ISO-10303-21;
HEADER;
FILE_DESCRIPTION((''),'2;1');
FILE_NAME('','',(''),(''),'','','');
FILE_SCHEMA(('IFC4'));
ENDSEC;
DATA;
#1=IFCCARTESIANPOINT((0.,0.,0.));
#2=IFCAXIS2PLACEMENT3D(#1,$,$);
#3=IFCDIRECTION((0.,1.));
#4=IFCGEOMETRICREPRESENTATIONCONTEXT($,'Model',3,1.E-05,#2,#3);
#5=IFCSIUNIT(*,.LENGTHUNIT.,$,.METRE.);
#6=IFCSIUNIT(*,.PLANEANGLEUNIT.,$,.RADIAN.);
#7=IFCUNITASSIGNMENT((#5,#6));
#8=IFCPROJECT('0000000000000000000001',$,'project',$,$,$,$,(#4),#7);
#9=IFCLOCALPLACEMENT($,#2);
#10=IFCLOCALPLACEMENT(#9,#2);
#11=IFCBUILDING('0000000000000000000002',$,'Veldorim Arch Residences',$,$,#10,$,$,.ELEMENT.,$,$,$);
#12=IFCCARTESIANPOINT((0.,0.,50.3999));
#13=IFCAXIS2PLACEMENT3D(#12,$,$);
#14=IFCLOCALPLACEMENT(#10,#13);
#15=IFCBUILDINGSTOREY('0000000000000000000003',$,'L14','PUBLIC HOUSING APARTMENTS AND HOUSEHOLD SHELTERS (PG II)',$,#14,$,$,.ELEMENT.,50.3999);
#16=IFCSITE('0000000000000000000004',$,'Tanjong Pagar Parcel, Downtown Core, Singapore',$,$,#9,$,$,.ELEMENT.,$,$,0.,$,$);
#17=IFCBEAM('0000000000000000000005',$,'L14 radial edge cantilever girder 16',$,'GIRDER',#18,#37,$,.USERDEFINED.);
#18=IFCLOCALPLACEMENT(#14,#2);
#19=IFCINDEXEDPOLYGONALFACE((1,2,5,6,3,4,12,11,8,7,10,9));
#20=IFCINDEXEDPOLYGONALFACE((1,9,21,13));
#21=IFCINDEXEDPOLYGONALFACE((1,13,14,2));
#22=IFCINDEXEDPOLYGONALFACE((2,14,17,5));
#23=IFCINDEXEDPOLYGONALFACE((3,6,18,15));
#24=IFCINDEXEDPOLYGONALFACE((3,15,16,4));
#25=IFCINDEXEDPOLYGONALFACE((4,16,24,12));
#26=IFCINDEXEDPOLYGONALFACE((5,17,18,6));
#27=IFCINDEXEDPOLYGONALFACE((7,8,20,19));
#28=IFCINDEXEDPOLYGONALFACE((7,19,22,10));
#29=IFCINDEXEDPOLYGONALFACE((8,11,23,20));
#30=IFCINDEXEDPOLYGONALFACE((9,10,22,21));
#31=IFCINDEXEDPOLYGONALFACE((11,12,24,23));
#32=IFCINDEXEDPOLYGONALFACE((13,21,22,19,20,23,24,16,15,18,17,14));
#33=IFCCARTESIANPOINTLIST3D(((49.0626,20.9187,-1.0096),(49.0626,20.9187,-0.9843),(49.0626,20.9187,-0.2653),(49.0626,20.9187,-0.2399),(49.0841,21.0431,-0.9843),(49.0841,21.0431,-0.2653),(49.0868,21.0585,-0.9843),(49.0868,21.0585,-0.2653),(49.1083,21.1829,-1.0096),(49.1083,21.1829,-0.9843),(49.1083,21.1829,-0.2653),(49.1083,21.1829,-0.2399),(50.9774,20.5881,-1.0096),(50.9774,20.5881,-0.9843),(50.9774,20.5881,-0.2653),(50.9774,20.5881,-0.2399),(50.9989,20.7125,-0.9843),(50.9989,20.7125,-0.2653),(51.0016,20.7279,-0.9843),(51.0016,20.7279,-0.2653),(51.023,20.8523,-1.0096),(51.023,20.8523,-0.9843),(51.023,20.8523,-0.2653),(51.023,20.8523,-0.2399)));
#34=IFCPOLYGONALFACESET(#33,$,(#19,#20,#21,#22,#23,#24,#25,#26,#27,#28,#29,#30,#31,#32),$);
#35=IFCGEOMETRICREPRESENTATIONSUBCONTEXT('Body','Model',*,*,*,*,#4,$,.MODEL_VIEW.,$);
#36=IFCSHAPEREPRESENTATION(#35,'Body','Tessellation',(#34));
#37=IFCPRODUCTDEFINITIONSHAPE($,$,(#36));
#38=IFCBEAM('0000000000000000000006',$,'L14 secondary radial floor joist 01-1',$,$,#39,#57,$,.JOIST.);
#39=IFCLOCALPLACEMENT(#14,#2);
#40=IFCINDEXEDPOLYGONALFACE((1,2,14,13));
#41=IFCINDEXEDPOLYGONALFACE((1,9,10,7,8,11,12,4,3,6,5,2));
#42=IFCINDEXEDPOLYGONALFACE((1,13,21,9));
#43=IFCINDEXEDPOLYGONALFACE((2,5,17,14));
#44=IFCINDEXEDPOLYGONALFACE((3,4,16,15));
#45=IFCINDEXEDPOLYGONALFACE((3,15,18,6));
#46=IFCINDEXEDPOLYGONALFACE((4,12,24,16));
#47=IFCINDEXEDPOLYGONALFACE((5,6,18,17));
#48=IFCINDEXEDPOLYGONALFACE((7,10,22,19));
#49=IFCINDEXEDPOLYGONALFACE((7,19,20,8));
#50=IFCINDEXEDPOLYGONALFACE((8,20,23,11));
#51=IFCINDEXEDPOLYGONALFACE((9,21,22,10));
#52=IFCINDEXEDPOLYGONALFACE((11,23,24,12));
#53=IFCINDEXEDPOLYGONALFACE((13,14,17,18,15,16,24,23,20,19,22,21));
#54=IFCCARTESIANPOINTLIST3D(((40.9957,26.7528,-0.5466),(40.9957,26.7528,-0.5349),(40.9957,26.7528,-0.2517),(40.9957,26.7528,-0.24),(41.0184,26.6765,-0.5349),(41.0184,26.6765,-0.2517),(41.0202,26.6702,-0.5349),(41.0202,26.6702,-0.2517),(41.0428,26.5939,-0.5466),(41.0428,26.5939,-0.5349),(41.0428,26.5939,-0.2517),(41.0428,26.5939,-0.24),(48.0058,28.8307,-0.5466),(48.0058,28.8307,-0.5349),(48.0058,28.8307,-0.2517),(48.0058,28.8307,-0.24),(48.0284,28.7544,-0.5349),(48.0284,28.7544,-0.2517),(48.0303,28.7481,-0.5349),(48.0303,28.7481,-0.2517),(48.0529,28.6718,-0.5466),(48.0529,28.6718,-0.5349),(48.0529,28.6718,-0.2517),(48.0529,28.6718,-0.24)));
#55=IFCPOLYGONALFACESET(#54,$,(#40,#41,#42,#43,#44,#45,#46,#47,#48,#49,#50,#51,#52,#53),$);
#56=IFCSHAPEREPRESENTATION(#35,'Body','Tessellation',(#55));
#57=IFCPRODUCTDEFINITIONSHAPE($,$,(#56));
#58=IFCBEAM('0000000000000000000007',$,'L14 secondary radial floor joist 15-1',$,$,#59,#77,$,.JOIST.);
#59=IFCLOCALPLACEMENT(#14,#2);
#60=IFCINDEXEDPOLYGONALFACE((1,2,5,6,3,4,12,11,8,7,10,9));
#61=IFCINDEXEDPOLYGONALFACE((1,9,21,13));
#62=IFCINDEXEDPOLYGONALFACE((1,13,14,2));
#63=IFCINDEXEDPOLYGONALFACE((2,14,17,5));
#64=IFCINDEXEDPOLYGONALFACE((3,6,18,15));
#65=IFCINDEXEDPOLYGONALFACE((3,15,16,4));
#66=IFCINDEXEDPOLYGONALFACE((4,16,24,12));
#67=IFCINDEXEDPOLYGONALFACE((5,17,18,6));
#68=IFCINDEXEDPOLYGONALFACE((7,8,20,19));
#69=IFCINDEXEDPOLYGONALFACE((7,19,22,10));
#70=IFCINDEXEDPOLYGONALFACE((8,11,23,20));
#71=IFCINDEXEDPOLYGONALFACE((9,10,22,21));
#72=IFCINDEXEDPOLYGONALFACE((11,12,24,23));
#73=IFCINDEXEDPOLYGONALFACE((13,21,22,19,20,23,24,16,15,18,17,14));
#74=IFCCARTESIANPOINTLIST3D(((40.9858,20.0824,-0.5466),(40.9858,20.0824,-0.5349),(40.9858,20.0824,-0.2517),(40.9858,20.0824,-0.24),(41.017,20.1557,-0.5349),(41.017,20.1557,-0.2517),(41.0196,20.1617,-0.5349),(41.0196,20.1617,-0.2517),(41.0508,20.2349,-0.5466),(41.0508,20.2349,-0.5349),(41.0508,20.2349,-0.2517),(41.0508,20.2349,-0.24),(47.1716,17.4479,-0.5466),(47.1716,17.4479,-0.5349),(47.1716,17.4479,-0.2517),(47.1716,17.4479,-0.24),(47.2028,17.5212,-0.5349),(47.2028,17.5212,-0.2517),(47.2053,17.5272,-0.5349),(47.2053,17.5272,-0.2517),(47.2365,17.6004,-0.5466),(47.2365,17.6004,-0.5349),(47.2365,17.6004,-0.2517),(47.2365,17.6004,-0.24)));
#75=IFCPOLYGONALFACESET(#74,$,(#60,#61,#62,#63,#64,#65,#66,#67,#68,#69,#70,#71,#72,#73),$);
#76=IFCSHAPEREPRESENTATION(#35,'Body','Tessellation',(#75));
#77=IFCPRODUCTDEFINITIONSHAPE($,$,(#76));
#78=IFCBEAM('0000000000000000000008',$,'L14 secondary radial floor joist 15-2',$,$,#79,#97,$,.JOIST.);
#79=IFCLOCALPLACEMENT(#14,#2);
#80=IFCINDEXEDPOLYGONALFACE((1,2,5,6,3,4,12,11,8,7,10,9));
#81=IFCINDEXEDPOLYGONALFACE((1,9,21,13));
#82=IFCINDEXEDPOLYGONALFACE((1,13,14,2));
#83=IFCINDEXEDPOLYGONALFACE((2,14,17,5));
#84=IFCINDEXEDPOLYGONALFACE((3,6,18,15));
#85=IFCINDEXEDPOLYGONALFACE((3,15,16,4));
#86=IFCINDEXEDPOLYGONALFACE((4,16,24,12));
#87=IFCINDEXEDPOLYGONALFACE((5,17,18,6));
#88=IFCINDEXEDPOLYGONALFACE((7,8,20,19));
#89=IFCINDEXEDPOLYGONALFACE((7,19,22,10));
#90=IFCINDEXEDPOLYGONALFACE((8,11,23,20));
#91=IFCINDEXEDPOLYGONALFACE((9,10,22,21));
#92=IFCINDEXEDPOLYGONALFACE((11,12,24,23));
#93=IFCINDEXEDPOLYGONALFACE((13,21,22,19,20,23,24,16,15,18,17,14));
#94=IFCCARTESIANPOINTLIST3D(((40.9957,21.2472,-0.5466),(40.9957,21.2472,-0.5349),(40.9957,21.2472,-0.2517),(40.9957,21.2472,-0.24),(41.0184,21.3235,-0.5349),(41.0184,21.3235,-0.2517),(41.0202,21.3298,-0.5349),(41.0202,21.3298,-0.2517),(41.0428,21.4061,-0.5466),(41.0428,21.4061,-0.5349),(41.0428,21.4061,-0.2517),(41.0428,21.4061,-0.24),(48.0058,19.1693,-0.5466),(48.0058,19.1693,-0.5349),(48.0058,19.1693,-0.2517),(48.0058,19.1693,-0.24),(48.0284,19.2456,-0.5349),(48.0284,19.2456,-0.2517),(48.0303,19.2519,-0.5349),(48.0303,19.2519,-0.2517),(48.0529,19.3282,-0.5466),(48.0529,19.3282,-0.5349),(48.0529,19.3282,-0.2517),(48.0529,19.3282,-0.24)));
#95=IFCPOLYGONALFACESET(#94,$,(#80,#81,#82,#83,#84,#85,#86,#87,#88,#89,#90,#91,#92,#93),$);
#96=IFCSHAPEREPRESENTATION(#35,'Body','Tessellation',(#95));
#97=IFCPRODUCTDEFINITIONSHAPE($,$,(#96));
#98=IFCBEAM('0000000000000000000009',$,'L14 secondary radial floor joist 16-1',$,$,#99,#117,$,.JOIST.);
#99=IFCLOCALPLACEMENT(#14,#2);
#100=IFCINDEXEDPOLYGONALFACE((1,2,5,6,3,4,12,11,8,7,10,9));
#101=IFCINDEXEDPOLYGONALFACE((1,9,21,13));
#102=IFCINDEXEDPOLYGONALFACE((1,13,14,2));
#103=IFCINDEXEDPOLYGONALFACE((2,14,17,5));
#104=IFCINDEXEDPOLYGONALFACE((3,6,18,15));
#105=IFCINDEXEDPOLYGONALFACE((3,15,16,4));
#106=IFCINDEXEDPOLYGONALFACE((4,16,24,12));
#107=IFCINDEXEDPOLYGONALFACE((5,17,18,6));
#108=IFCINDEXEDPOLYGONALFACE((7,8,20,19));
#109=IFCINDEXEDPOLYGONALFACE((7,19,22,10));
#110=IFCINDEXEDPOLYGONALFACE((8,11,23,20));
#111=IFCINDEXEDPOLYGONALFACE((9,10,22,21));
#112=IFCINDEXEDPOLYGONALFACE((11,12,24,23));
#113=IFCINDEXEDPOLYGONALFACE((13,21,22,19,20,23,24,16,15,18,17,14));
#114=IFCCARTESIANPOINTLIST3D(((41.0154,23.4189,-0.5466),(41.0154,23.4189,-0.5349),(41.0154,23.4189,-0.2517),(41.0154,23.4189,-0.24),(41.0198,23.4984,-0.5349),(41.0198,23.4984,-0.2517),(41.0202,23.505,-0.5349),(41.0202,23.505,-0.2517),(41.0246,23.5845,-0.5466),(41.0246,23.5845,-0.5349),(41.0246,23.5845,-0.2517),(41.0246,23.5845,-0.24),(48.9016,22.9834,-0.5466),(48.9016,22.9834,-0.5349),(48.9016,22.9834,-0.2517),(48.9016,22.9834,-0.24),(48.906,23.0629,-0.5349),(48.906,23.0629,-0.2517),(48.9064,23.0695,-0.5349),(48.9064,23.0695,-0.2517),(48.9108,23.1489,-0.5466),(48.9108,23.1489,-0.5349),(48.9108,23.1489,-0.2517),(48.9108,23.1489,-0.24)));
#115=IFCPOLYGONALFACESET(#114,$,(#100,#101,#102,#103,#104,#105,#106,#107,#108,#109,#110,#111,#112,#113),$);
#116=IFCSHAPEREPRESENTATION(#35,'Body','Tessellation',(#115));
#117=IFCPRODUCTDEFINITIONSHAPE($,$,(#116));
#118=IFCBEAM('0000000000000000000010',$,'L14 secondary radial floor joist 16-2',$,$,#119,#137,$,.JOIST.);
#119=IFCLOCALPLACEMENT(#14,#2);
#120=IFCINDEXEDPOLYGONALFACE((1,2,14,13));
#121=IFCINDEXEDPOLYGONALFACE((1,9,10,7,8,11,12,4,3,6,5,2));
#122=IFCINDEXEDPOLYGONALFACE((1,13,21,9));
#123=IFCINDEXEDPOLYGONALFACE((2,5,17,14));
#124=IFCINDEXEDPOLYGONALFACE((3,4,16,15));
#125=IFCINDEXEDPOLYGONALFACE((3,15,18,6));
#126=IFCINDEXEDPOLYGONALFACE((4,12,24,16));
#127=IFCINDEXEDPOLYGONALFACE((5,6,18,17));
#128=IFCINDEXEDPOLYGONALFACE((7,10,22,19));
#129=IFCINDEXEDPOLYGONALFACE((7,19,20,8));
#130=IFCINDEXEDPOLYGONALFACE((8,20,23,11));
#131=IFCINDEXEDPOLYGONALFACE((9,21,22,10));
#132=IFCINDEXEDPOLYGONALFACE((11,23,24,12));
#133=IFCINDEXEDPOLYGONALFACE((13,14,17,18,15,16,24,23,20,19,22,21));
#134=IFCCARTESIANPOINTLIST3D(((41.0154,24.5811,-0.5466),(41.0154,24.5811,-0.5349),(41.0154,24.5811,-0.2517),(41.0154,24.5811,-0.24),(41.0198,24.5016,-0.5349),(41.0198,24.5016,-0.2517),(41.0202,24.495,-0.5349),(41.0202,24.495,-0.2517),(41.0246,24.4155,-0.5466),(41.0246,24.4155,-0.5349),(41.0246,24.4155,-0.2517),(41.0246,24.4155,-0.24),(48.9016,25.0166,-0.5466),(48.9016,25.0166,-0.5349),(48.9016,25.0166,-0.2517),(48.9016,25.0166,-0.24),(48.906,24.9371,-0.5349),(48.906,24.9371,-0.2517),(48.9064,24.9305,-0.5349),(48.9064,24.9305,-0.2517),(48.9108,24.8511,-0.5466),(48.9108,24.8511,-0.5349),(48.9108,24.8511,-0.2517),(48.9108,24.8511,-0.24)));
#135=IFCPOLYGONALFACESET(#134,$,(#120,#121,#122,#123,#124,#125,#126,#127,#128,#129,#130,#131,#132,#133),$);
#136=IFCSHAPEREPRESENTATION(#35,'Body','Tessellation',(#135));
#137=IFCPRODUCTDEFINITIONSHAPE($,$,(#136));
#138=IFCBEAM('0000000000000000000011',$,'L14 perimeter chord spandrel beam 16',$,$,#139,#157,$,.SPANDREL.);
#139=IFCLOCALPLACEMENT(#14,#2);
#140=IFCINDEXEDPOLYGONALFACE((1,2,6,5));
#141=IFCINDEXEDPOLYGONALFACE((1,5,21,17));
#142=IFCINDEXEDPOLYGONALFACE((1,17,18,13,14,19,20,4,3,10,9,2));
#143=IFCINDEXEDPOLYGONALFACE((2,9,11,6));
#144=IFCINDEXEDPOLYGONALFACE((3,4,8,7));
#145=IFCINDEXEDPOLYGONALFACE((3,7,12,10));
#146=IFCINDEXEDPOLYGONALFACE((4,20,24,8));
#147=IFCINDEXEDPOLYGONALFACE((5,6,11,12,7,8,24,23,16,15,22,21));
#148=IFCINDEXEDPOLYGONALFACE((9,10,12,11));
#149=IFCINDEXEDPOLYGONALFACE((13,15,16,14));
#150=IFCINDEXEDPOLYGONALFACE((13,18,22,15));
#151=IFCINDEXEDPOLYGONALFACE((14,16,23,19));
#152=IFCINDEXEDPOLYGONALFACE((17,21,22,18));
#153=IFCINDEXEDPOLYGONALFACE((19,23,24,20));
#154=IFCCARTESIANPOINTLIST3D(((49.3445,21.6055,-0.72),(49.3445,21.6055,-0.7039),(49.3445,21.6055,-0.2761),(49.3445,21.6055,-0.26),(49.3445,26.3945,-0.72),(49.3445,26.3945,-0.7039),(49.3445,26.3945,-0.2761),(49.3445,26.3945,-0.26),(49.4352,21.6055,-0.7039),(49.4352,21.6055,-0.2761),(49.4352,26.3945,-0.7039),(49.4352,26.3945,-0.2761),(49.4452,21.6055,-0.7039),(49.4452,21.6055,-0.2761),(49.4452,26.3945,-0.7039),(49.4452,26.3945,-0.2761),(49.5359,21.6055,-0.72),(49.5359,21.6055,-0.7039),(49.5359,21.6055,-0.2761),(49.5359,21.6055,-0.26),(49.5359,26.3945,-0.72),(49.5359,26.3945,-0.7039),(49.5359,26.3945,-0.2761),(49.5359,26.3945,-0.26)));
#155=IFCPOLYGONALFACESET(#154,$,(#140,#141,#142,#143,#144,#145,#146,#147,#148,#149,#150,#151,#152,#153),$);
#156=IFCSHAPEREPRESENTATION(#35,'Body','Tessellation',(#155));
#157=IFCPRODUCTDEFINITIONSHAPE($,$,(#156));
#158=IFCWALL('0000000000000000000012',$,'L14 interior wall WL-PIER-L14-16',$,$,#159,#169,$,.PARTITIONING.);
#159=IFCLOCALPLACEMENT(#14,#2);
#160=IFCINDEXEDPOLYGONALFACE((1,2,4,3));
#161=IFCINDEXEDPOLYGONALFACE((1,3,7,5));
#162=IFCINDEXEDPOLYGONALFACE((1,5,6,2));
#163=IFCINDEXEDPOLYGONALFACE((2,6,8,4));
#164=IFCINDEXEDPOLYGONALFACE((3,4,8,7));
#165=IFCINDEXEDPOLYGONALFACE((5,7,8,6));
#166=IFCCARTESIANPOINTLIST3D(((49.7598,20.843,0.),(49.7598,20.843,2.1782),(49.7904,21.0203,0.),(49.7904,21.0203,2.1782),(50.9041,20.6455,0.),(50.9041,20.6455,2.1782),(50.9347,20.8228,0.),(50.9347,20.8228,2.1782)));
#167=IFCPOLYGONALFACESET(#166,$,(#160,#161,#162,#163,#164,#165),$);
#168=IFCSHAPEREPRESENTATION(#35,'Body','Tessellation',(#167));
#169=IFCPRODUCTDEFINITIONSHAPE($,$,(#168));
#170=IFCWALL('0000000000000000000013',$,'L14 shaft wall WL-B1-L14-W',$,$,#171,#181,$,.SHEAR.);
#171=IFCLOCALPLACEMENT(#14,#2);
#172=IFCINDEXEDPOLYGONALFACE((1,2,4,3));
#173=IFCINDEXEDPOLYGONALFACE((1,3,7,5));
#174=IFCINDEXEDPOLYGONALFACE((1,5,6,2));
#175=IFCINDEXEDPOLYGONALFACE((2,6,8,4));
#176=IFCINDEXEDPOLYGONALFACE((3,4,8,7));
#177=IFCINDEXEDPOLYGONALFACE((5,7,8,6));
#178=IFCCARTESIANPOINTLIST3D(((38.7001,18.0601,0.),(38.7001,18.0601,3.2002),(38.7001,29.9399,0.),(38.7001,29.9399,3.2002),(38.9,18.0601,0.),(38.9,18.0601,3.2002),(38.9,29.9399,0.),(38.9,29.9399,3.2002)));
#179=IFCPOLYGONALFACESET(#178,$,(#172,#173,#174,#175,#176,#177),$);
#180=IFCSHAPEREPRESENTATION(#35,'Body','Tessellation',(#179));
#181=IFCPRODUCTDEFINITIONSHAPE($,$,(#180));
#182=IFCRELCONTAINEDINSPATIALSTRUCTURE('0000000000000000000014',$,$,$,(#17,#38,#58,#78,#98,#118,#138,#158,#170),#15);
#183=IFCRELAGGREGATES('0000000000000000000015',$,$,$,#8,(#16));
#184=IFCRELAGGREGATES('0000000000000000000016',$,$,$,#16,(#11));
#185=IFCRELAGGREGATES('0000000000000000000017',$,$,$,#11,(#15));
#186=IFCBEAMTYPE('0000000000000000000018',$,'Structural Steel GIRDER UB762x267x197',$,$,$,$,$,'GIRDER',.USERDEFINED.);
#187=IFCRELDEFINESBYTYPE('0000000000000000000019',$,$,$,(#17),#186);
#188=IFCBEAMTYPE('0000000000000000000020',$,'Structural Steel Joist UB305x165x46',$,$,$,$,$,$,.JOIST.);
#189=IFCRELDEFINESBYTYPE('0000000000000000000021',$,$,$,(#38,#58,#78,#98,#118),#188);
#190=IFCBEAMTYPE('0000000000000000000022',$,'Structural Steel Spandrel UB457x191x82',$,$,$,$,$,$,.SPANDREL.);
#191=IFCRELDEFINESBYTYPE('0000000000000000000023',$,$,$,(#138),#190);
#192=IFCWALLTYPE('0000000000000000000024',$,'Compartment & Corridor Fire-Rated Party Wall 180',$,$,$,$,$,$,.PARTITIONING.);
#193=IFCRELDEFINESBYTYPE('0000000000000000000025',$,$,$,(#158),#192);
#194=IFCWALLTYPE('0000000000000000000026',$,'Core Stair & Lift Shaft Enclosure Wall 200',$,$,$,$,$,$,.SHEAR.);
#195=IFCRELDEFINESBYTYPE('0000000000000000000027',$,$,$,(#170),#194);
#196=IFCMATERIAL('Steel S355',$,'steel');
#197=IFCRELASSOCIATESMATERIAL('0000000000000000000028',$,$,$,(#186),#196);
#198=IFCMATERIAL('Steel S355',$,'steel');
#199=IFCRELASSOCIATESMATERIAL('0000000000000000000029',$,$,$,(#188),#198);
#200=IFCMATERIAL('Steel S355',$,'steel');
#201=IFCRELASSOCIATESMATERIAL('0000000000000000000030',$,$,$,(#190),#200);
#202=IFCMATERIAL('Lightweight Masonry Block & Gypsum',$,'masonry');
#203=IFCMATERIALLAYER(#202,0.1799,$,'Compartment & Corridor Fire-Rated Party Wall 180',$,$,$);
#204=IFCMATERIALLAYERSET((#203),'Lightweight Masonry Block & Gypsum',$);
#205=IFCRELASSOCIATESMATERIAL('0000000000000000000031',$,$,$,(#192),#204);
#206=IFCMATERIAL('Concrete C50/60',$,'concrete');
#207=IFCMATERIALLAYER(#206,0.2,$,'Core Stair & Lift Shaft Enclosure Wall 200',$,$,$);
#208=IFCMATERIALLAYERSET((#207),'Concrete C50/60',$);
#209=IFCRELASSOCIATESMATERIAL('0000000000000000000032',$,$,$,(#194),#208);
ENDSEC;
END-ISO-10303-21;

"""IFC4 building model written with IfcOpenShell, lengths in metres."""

from ifc_helpers import new_model, si_unit, direction, frame, frame_2d, origin, origin_2d, place, context, subcontext, project, spatial, rectangle, i_section, extrude, material, layer, layer_set, material_profile, profile_set, type_object, element, save


model = new_model("IFC4")

# Units and contexts
model_context = context("Model", 3, precision=1e-05, world=origin(), true_north=direction((0.0, 1.0)))
body_context = subcontext(model_context, "Body", "Model", "MODEL_VIEW")
ifc_project = project(units=[si_unit("LENGTHUNIT", "METRE"), si_unit("PLANEANGLEUNIT", "RADIAN")], contexts=[model_context])

# Site, building, storey
site_placement = place(None, origin())
site = spatial("IfcSite", under=ifc_project, at=site_placement, Name="Tanjong Pagar Parcel, Downtown Core, Singapore", CompositionType="ELEMENT", RefElevation=0.0)
building_placement = place(site_placement, origin())
building = spatial("IfcBuilding", under=site, at=building_placement, Name="Veldorim Arch Residences", CompositionType="ELEMENT")
storey_placement = place(building_placement, frame((0.0, 0.0, 50.3999)))
storey = spatial("IfcBuildingStorey", under=building, at=storey_placement, Name="L14", Description="PUBLIC HOUSING APARTMENTS AND HOUSEHOLD SHELTERS (PG II)", CompositionType="ELEMENT", Elevation=50.3999)

# Beams
ifc_material_1 = material(Name="Steel S355", Category="steel")
ifc_material_profile_1 = material_profile(ifc_material_1, i_section(OverallWidth=0.2681, OverallDepth=0.7698, WebThickness=0.0156, FlangeThickness=0.0254, at=origin_2d()), Name="UB762x267x197")
ifc_profile_set_1 = profile_set([ifc_material_profile_1], Name="Steel S355")
beam_type_1 = type_object("IfcBeamType", Name="Structural Steel GIRDER UB762x267x197", ElementType="GIRDER", PredefinedType="USERDEFINED", material=ifc_profile_set_1)
beam_1_placement = place(storey_placement, frame((49.0854, 21.0508, -0.6248), z_axis=(0.985423, -0.170121, 0.0), x_axis=(0.170121, 0.985423, 0.0)))
element("IfcBeam", 1, at=beam_1_placement, inside=storey, type_object=beam_type_1, Name="L14 radial edge cantilever girder 16", ObjectType="GIRDER", PredefinedType="USERDEFINED", context=body_context, shape_type="SweptSolid", body=[
    extrude(i_section(OverallWidth=0.2681, OverallDepth=0.7698, WebThickness=0.0156, FlangeThickness=0.0254, at=origin_2d()), origin(), (0.0, 0.0, 1.0), 1.9431),
])
ifc_material_2 = material(Name="Steel S355", Category="steel")
ifc_material_profile_2 = material_profile(ifc_material_2, i_section(OverallWidth=0.1658, OverallDepth=0.3066, WebThickness=0.0066, FlangeThickness=0.0117, at=origin_2d()), Name="UB305x165x46")
ifc_profile_set_2 = profile_set([ifc_material_profile_2], Name="Steel S355")
beam_type_2 = type_object("IfcBeamType", Name="Structural Steel Joist UB305x165x46", PredefinedType="JOIST", material=ifc_profile_set_2)
beam_2_placement = place(storey_placement, frame((41.0193, 26.6733, -0.3933), z_axis=(0.958767, 0.284194, 0.0), x_axis=(-0.284194, 0.958767, 0.0)))
element("IfcBeam", 2, at=beam_2_placement, inside=storey, type_object=beam_type_2, Name="L14 secondary radial floor joist 01-1", PredefinedType="JOIST", context=body_context, shape_type="SweptSolid", body=[
    extrude(i_section(OverallWidth=0.1658, OverallDepth=0.3066, WebThickness=0.0066, FlangeThickness=0.0117, at=origin_2d()), origin(), (0.0, 0.0, 1.0), 7.3115),
])
beam_3_placement = place(storey_placement, frame((41.0183, 20.1587, -0.3933), z_axis=(0.920033, -0.391841, 0.0), x_axis=(0.391841, 0.920033, 0.0)))
element("IfcBeam", 3, at=beam_3_placement, inside=storey, type_object=beam_type_2, Name="L14 secondary radial floor joist 15-1", PredefinedType="JOIST", context=body_context, shape_type="SweptSolid", body=[
    extrude(i_section(OverallWidth=0.1658, OverallDepth=0.3066, WebThickness=0.0066, FlangeThickness=0.0117, at=origin_2d()), origin(), (0.0, 0.0, 1.0), 6.7234),
])
beam_4_placement = place(storey_placement, frame((41.0193, 21.3267, -0.3933), z_axis=(0.958767, -0.284194, 0.0), x_axis=(0.284194, 0.958767, 0.0)))
element("IfcBeam", 4, at=beam_4_placement, inside=storey, type_object=beam_type_2, Name="L14 secondary radial floor joist 15-2", PredefinedType="JOIST", context=body_context, shape_type="SweptSolid", body=[
    extrude(i_section(OverallWidth=0.1658, OverallDepth=0.3066, WebThickness=0.0066, FlangeThickness=0.0117, at=origin_2d()), origin(), (0.0, 0.0, 1.0), 7.3115),
])
for number, where, z_axis, x_axis, name in (
    (5, (41.02, 23.5017, -0.3933), (0.998478, -0.055145, 0.0), (0.055145, 0.998478, 0.0), "L14 secondary radial floor joist 16-1"),
    (6, (41.02, 24.4983, -0.3933), (0.998478, 0.055145, 0.0), (-0.055145, 0.998478, 0.0), "L14 secondary radial floor joist 16-2"),
):
    element("IfcBeam", number, at=place(storey_placement, frame(where, z_axis=z_axis, x_axis=x_axis)), inside=storey, type_object=beam_type_2, Name=name, PredefinedType="JOIST", context=body_context, shape_type="SweptSolid", body=[
        extrude(i_section(OverallWidth=0.1658, OverallDepth=0.3066, WebThickness=0.0066, FlangeThickness=0.0117, at=origin_2d()), origin(), (0.0, 0.0, 1.0), 7.8982),
    ])
ifc_material_3 = material(Name="Steel S355", Category="steel")
ifc_material_profile_3 = material_profile(ifc_material_3, i_section(OverallWidth=0.1914, OverallDepth=0.46, WebThickness=0.01, FlangeThickness=0.0161, at=origin_2d()), Name="UB457x191x82")
ifc_profile_set_3 = profile_set([ifc_material_profile_3], Name="Steel S355")
beam_type_3 = type_object("IfcBeamType", Name="Structural Steel Spandrel UB457x191x82", PredefinedType="SPANDREL", material=ifc_profile_set_3)
beam_5_placement = place(storey_placement, frame((49.4402, 21.6055, -0.49), z_axis=(0.0, 1.0, 0.0), x_axis=(-1.0, 0.0, 0.0)))
element("IfcBeam", 7, at=beam_5_placement, inside=storey, type_object=beam_type_3, Name="L14 perimeter chord spandrel beam 16", PredefinedType="SPANDREL", context=body_context, shape_type="SweptSolid", body=[
    extrude(i_section(OverallWidth=0.1914, OverallDepth=0.46, WebThickness=0.01, FlangeThickness=0.0161, at=origin_2d()), origin(), (0.0, 0.0, 1.0), 4.7891),
])

# Walls
ifc_material_4 = material(Name="Lightweight Masonry Block & Gypsum", Category="masonry")
ifc_layer_1 = layer(ifc_material_4, 0.1799, Name="Compartment & Corridor Fire-Rated Party Wall 180")
ifc_layer_set_1 = layer_set([ifc_layer_1], Name="Lightweight Masonry Block & Gypsum")
wall_type_1 = type_object("IfcWallType", Name="Compartment & Corridor Fire-Rated Party Wall 180", PredefinedType="PARTITIONING", material=ifc_layer_set_1)
wall_1_placement = place(storey_placement, frame((49.7751, 20.9316, 0.0), z_axis=(0.0, 0.0, 1.0), x_axis=(0.985429, -0.17009, 0.0)))
element("IfcWall", 8, at=wall_1_placement, inside=storey, type_object=wall_type_1, Name="L14 interior wall WL-PIER-L14-16", PredefinedType="PARTITIONING", context=body_context, shape_type="SweptSolid", body=[
    extrude(rectangle(XDim=1.1611, YDim=0.1799, at=frame_2d((0.5806, 0.0))), origin(), (0.0, 0.0, 1.0), 2.1782),
])
ifc_material_5 = material(Name="Concrete C50/60", Category="concrete")
ifc_layer_2 = layer(ifc_material_5, 0.2, Name="Core Stair & Lift Shaft Enclosure Wall 200")
ifc_layer_set_2 = layer_set([ifc_layer_2], Name="Concrete C50/60")
wall_type_2 = type_object("IfcWallType", Name="Core Stair & Lift Shaft Enclosure Wall 200", PredefinedType="SHEAR", material=ifc_layer_set_2)
wall_2_placement = place(storey_placement, frame((38.8, 18.0601, 0.0), z_axis=(0.0, 0.0, 1.0), x_axis=(0.0, 1.0, 0.0)))
element("IfcWall", 9, at=wall_2_placement, inside=storey, type_object=wall_type_2, Name="L14 shaft wall WL-B1-L14-W", PredefinedType="SHEAR", context=body_context, shape_type="SweptSolid", body=[
    extrude(rectangle(XDim=11.8799, YDim=0.2, at=frame_2d((5.9399, 0.0))), origin(), (0.0, 0.0, 1.0), 3.2002),
])

save(model, "model.ifc")
